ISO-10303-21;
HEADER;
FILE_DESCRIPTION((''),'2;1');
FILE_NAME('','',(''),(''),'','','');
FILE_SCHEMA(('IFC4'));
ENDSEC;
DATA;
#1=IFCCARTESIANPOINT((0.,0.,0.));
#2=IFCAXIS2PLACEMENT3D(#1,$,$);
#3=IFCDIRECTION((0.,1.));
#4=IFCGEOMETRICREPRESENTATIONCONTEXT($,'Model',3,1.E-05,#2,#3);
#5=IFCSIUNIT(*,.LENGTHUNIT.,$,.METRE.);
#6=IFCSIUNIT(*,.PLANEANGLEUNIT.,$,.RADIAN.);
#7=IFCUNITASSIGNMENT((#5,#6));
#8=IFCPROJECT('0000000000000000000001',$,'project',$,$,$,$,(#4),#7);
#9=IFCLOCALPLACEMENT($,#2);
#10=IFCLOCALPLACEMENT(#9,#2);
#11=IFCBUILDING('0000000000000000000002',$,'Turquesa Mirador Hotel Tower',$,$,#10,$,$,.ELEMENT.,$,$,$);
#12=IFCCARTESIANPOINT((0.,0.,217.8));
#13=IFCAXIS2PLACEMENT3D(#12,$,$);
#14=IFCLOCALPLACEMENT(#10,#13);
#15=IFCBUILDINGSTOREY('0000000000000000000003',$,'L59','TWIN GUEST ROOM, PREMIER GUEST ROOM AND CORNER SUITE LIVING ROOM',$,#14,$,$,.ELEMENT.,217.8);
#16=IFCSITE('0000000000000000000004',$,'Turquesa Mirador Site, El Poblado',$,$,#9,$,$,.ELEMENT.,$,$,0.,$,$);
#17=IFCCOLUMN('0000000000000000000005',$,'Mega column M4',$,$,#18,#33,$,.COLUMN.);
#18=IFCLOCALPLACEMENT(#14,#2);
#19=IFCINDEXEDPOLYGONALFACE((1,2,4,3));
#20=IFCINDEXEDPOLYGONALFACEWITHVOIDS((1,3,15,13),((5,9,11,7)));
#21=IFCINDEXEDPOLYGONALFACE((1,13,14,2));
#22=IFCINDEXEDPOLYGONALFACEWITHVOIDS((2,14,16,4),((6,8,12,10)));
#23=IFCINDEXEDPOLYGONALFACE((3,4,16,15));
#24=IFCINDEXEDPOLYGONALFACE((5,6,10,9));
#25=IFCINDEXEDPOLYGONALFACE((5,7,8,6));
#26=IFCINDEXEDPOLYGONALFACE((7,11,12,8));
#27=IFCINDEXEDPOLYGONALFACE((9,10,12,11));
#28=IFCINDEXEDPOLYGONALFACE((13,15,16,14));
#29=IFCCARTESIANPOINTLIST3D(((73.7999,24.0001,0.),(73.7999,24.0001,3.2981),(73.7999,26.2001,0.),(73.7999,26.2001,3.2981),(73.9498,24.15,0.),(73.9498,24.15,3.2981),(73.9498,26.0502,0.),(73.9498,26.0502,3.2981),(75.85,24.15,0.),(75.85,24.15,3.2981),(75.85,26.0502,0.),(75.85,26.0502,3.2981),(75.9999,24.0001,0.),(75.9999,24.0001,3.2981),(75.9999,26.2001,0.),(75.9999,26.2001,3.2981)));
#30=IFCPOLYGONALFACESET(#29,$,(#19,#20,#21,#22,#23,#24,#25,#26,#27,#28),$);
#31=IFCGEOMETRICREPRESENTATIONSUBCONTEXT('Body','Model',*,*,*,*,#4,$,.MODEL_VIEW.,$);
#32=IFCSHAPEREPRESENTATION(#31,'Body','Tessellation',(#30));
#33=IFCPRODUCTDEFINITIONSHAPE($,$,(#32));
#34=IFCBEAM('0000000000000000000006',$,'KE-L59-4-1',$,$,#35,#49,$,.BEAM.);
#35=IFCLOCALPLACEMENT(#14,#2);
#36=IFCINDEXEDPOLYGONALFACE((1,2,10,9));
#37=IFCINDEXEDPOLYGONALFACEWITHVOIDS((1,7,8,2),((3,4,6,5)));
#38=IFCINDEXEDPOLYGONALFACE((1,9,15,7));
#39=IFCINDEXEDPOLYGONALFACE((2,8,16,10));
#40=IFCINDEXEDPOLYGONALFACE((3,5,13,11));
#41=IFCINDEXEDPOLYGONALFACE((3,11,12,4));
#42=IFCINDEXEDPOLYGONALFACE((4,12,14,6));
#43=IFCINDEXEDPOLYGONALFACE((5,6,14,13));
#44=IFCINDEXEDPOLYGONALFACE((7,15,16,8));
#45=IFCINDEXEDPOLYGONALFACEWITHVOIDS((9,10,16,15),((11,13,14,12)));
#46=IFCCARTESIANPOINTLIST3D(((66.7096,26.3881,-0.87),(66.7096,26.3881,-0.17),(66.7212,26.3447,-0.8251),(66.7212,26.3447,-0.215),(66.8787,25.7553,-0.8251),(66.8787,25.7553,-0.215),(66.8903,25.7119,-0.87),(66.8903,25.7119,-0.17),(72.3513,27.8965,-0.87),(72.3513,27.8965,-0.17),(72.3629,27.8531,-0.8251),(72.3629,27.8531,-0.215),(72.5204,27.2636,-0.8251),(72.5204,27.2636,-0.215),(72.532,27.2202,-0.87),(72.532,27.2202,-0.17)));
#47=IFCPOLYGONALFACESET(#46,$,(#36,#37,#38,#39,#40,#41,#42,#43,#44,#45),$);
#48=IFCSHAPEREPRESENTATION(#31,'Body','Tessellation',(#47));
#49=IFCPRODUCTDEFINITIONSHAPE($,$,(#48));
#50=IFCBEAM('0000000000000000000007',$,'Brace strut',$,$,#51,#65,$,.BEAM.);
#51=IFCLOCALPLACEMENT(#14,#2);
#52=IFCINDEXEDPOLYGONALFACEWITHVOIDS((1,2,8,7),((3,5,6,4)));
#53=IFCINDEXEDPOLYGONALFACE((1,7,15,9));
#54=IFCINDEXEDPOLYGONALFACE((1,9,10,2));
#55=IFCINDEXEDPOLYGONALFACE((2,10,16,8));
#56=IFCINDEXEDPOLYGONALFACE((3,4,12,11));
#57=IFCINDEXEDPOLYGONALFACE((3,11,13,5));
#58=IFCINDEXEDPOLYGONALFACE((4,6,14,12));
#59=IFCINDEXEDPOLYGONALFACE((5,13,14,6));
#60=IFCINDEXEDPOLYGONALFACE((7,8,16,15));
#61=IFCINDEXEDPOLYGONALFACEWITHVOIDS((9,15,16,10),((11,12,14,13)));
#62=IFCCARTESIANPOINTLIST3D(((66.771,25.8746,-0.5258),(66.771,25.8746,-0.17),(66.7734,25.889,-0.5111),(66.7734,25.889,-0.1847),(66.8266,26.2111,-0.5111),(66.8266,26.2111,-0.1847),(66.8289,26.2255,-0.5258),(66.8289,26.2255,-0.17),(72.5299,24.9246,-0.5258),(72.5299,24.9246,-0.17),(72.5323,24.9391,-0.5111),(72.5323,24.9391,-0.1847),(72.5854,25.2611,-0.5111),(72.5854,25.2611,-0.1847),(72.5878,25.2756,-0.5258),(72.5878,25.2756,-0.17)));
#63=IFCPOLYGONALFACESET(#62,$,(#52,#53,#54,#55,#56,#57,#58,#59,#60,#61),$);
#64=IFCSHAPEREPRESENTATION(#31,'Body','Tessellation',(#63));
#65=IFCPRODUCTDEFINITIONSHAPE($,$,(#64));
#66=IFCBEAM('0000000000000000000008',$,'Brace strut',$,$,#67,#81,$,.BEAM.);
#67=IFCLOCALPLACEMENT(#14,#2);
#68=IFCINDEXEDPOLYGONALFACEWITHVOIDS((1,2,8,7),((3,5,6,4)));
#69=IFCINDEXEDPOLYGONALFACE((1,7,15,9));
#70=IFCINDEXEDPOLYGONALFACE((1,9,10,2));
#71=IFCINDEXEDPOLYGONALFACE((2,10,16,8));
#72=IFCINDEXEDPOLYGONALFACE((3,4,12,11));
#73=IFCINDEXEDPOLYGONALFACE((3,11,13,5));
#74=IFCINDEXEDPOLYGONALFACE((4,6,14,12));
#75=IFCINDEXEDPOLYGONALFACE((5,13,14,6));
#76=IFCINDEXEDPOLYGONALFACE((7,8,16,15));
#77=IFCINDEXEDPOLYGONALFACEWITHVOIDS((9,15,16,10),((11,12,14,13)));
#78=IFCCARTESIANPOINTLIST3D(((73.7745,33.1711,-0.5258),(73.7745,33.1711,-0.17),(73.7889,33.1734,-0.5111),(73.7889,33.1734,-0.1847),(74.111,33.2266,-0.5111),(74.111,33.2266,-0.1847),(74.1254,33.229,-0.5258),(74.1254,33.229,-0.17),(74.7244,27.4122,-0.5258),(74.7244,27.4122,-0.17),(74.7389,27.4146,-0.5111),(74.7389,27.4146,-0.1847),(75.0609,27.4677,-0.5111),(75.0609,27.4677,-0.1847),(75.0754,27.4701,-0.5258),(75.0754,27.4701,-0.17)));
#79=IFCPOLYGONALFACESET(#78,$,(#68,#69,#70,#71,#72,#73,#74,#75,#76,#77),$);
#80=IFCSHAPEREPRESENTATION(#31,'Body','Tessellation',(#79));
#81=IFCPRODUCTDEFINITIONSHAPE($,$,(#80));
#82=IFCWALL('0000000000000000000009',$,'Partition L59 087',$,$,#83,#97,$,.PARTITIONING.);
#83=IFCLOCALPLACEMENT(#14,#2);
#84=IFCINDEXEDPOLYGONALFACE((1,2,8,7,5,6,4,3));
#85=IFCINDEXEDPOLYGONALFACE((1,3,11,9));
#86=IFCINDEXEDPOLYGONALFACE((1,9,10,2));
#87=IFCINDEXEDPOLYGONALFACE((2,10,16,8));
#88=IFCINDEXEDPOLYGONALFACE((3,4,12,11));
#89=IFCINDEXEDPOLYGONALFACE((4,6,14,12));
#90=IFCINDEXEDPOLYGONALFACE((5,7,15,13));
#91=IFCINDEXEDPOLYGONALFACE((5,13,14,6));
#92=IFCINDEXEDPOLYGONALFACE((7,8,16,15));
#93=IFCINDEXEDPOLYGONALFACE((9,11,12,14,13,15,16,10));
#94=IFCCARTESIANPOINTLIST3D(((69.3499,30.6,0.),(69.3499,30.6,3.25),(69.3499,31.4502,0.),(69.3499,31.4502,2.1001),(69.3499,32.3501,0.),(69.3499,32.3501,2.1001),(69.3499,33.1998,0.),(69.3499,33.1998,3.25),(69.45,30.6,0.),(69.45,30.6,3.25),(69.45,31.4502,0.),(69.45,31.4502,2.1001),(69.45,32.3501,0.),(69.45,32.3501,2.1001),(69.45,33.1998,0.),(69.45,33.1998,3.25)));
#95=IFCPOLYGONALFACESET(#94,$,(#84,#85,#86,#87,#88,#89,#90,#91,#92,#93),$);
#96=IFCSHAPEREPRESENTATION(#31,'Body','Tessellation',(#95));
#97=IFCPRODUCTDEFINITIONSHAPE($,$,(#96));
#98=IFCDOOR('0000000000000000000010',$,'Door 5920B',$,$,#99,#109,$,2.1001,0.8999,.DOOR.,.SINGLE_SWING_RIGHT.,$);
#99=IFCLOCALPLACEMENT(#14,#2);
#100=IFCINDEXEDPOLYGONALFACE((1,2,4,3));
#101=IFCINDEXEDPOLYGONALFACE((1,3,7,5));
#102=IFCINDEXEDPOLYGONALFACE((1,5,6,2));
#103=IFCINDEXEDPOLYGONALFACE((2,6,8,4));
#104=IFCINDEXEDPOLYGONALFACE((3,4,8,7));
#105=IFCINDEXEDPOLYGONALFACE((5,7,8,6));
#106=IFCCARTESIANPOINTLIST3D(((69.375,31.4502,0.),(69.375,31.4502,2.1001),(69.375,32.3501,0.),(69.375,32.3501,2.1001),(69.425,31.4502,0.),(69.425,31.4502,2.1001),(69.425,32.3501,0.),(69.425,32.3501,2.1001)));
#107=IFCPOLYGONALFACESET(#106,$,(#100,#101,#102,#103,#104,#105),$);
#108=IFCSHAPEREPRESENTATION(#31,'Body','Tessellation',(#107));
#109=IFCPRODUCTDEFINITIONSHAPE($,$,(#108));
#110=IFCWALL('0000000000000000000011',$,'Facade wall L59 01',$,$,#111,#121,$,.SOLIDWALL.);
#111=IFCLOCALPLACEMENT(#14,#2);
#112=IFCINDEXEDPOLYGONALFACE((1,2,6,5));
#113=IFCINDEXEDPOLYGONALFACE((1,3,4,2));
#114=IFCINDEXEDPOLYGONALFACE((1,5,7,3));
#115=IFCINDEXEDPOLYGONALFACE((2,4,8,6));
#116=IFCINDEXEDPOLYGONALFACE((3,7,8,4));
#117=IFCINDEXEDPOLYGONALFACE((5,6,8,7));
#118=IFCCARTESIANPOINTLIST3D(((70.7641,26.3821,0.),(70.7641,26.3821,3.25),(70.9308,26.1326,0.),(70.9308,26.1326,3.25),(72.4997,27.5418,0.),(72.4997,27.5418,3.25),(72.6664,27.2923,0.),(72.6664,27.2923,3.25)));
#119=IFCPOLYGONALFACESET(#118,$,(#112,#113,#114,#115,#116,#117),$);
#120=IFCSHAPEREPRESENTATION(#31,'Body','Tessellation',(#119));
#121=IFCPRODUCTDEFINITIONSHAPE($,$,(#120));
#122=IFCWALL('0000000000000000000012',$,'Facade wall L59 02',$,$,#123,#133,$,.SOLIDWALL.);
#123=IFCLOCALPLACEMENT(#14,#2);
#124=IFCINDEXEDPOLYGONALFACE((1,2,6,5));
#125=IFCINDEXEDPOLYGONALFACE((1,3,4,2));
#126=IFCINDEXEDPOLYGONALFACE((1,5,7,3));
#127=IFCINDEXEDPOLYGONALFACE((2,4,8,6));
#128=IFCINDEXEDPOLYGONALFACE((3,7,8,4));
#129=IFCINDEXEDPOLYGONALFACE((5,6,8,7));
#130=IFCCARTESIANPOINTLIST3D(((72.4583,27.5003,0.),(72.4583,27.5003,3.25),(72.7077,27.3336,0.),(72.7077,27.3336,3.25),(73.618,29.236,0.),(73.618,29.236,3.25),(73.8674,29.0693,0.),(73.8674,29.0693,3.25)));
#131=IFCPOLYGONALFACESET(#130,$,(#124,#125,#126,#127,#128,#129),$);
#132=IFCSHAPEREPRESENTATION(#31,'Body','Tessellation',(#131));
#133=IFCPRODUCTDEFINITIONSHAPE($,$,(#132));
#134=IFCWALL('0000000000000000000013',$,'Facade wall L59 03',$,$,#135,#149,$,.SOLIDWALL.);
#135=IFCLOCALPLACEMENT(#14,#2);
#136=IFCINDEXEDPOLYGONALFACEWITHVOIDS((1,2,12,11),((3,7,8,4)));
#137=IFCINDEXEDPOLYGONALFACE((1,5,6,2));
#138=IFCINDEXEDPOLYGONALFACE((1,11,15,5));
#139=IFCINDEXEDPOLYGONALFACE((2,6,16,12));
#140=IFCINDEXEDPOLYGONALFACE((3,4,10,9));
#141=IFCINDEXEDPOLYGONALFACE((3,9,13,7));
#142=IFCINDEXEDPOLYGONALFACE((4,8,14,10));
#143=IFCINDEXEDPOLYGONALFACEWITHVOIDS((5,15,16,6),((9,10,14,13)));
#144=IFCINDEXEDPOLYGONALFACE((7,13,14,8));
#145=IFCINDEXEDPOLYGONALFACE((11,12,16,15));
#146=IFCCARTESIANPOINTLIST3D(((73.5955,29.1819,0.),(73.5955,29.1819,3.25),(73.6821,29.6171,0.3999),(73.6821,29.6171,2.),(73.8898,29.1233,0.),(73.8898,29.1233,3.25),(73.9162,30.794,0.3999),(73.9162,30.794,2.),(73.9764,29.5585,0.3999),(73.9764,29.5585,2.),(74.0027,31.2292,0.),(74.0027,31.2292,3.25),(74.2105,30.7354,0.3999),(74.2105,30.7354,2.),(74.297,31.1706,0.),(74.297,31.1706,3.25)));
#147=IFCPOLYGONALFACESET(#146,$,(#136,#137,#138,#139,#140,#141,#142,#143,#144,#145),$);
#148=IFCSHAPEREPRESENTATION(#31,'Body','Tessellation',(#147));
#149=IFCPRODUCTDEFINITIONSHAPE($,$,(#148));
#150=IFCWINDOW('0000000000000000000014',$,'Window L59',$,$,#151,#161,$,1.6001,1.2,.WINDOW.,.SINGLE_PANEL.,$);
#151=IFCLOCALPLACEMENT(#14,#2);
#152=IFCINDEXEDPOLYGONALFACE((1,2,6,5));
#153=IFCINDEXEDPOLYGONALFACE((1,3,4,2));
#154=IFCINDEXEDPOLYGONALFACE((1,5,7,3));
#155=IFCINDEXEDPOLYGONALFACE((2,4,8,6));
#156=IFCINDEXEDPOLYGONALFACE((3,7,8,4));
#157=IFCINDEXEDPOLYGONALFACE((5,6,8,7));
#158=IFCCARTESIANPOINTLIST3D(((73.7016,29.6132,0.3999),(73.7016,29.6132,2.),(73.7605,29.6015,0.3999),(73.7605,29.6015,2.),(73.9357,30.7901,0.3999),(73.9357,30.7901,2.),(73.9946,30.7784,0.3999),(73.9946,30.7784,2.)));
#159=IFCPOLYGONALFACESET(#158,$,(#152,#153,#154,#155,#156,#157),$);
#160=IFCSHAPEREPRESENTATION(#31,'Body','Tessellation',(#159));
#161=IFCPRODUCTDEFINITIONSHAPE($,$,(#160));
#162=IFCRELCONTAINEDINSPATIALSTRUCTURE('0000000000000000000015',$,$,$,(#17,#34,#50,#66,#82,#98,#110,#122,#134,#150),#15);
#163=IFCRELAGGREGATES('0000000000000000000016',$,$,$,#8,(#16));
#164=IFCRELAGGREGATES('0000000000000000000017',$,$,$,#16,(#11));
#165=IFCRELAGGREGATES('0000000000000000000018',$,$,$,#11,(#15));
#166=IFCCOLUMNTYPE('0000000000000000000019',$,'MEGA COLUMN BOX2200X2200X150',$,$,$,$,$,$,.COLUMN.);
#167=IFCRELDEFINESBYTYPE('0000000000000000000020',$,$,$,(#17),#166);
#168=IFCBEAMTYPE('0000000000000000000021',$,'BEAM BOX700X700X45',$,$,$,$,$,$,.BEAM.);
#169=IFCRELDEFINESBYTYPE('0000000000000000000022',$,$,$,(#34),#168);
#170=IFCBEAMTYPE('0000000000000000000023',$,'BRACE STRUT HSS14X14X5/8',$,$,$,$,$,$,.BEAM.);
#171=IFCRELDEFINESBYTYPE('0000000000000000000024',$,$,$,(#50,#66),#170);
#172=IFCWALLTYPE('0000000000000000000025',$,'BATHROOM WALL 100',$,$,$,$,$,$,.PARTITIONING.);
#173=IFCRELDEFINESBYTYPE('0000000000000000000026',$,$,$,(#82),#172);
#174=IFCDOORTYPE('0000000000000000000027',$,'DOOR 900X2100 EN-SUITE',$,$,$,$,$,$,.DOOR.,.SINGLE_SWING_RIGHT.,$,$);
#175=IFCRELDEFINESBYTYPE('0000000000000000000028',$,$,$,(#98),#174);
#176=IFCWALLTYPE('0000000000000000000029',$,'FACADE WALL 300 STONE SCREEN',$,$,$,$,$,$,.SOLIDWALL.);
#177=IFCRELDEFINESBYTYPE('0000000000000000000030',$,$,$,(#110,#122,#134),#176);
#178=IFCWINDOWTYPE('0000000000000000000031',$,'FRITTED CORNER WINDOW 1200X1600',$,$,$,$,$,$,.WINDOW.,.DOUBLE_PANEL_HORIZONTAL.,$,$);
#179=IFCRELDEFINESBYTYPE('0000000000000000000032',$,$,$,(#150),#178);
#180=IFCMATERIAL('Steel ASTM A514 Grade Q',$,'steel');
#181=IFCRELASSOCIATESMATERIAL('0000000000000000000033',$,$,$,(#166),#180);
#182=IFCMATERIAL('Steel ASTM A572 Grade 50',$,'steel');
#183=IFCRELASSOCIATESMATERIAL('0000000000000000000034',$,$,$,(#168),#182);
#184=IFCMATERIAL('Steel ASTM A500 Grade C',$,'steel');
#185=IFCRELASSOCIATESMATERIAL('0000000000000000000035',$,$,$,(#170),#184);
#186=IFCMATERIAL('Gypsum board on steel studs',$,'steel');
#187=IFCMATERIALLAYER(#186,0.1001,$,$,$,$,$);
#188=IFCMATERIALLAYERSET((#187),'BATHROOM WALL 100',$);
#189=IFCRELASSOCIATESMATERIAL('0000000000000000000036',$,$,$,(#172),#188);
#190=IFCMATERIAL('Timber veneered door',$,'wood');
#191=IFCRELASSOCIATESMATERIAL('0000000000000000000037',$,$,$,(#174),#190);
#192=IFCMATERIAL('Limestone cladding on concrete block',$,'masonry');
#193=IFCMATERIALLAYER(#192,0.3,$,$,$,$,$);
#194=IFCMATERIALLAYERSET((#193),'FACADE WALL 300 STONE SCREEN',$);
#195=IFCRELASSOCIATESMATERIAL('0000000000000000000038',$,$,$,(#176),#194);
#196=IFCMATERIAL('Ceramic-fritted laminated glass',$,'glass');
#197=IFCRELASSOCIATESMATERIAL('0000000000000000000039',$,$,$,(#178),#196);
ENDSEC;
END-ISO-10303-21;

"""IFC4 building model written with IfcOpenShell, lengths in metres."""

from ifc_helpers import new_model, si_unit, direction, frame, frame_2d, origin, origin_2d, place, context, subcontext, project, spatial, rectangle, hollow_rectangle, extrude, clip, halfspace, material, layer, layer_set, material_profile, profile_set, type_object, element, fill, save


model = new_model("IFC4")

# Units and contexts
model_context = context("Model", 3, precision=1e-05, world=origin(), true_north=direction((0.0, 1.0)))
body_context = subcontext(model_context, "Body", "Model", "MODEL_VIEW")
ifc_project = project(units=[si_unit("LENGTHUNIT", "METRE"), si_unit("PLANEANGLEUNIT", "RADIAN")], contexts=[model_context])

# Site, building, storey
site_placement = place(None, origin())
site = spatial("IfcSite", under=ifc_project, at=site_placement, Name="Turquesa Mirador Site, El Poblado", CompositionType="ELEMENT", RefElevation=0.0)
building_placement = place(site_placement, origin())
building = spatial("IfcBuilding", under=site, at=building_placement, Name="Turquesa Mirador Hotel Tower", CompositionType="ELEMENT")
storey_placement = place(building_placement, frame((0.0, 0.0, 217.8)))
storey = spatial("IfcBuildingStorey", under=building, at=storey_placement, Name="L59", Description="TWIN GUEST ROOM, PREMIER GUEST ROOM AND CORNER SUITE LIVING ROOM", CompositionType="ELEMENT", Elevation=217.8)

# Column
ifc_material_1 = material(Name="Steel ASTM A514 Grade Q", Category="steel")
ifc_material_profile_1 = material_profile(ifc_material_1, hollow_rectangle(XDim=2.2, YDim=2.2, WallThickness=0.1499, at=origin_2d()), Name="BOX2200X2200X150")
ifc_profile_set_1 = profile_set([ifc_material_profile_1], Name="Steel ASTM A514 Grade Q")
column_type = type_object("IfcColumnType", Name="MEGA COLUMN BOX2200X2200X150", PredefinedType="COLUMN", material=ifc_profile_set_1)
column_placement = place(storey_placement, frame((74.8999, 25.1001, 0.0), z_axis=(0.0, 0.0, 1.0), x_axis=(1.0, 0.0, 0.0)))
element("IfcColumn", 1, at=column_placement, inside=storey, type_object=column_type, Name="Mega column M4", PredefinedType="COLUMN", context=body_context, shape_type="Clipping", body=[
    clip(extrude(hollow_rectangle(XDim=2.2, YDim=2.2, WallThickness=0.1499, at=origin_2d()), origin(), (0.0, 0.0, 1.0), 3.5), halfspace(frame((0.0, 0.0, 3.2981), z_axis=(0.0, 0.0, 1.0), x_axis=(1.0, 0.0, 0.0)), False)),
])

# Beams
ifc_material_2 = material(Name="Steel ASTM A572 Grade 50", Category="steel")
ifc_material_profile_2 = material_profile(ifc_material_2, hollow_rectangle(XDim=0.7, YDim=0.7, WallThickness=0.0449, at=origin_2d()), Name="BOX700X700X45")
ifc_profile_set_2 = profile_set([ifc_material_profile_2], Name="Steel ASTM A572 Grade 50")
beam_type_1 = type_object("IfcBeamType", Name="BEAM BOX700X700X45", PredefinedType="BEAM", material=ifc_profile_set_2)
beam_placement = place(storey_placement, frame((72.4417, 27.5583, -0.52), z_axis=(-0.96607, -0.258282, 0.0), x_axis=(0.258282, -0.96607, 0.0)))
element("IfcBeam", 2, at=beam_placement, inside=storey, type_object=beam_type_1, Name="KE-L59-4-1", PredefinedType="BEAM", context=body_context, shape_type="SweptSolid", body=[
    extrude(hollow_rectangle(XDim=0.7, YDim=0.7, WallThickness=0.0449, at=origin_2d()), origin(), (0.0, 0.0, 1.0), 5.8398),
])
ifc_material_3 = material(Name="Steel ASTM A500 Grade C", Category="steel")
ifc_material_profile_3 = material_profile(ifc_material_3, hollow_rectangle(XDim=0.3557, YDim=0.3557, WallThickness=0.0146, at=origin_2d()), Name="HSS14X14X5/8")
ifc_profile_set_3 = profile_set([ifc_material_profile_3], Name="Steel ASTM A500 Grade C")
beam_type_2 = type_object("IfcBeamType", Name="BRACE STRUT HSS14X14X5/8", PredefinedType="BEAM", material=ifc_profile_set_3)
for number, where, z_axis, x_axis, name in (
    (3, (72.5588, 25.1001, -0.3479), (-0.986666, 0.162757, 0.0), (-0.162757, -0.986666, 0.0), "Brace strut"),
    (4, (74.8999, 27.4412, -0.3479), (-0.162757, 0.986666, 0.0), (-0.986666, -0.162757, 0.0), "Brace strut"),
):
    element("IfcBeam", number, at=place(storey_placement, frame(where, z_axis=z_axis, x_axis=x_axis)), inside=storey, type_object=beam_type_2, Name=name, PredefinedType="BEAM", context=body_context, shape_type="SweptSolid", body=[
        extrude(hollow_rectangle(XDim=0.3557, YDim=0.3557, WallThickness=0.0146, at=origin_2d()), origin(), (0.0, 0.0, 1.0), 5.8367),
    ])

# Wall, opening, door
ifc_material_4 = material(Name="Gypsum board on steel studs", Category="steel")
ifc_layer_1 = layer(ifc_material_4, 0.1001)
ifc_layer_set_1 = layer_set([ifc_layer_1], Name="BATHROOM WALL 100")
wall_type_1 = type_object("IfcWallType", Name="BATHROOM WALL 100", PredefinedType="PARTITIONING", material=ifc_layer_set_1)
wall_1_placement = place(storey_placement, frame((69.3999, 30.6001, 0.0), z_axis=(0.0, 0.0, 1.0), x_axis=(0.0, 1.0, 0.0)))
wall_1 = element("IfcWall", 5, at=wall_1_placement, inside=storey, type_object=wall_type_1, Name="Partition L59 087", PredefinedType="PARTITIONING", context=body_context, shape_type="SweptSolid", body=[
    extrude(rectangle(XDim=2.5999, YDim=0.1001, at=frame_2d((1.2998, 0.0))), origin(), (0.0, 0.0, 1.0), 3.25),
])
opening_1_placement = place(wall_1_placement, frame((0.8501, 0.0, 0.0)))
opening_1 = element("IfcOpeningElement", 6, at=opening_1_placement, cuts=wall_1, PredefinedType="OPENING", context=body_context, shape_type="SweptSolid", body=[
    extrude(rectangle(XDim=0.8999, YDim=2.1001, at=frame_2d((0.45, 1.05))), frame((0.0, 0.0601, 0.0), z_axis=(0.0, -1.0, 0.0), x_axis=(1.0, 0.0, 0.0)), (0.0, 0.0, 1.0), 0.1201),
])
ifc_material_5 = material(Name="Timber veneered door", Category="wood")
door_type = type_object("IfcDoorType", Name="DOOR 900X2100 EN-SUITE", OperationType="SINGLE_SWING_RIGHT", PredefinedType="DOOR", material=ifc_material_5)
door_placement = place(opening_1_placement, origin())
door = element("IfcDoor", 7, at=door_placement, inside=storey, type_object=door_type, Name="Door 5920B", OperationType="SINGLE_SWING_RIGHT", OverallHeight=2.1001, OverallWidth=0.8999, PredefinedType="DOOR", context=body_context, shape_type="SweptSolid", body=[
    extrude(rectangle(XDim=0.8999, YDim=2.1001, at=frame_2d((0.45, 1.05))), frame((0.0, 0.0249, 0.0), z_axis=(0.0, -1.0, 0.0), x_axis=(1.0, 0.0, 0.0)), (0.0, 0.0, 1.0), 0.05),
])
fill(opening_1, door)

# Walls
ifc_material_6 = material(Name="Limestone cladding on concrete block", Category="masonry")
ifc_layer_2 = layer(ifc_material_6, 0.3)
ifc_layer_set_2 = layer_set([ifc_layer_2], Name="FACADE WALL 300 STONE SCREEN")
wall_type_2 = type_object("IfcWallType", Name="FACADE WALL 300 STONE SCREEN", PredefinedType="SOLIDWALL", material=ifc_layer_set_2)
for number, where, z_axis, x_axis, name in (
    (8, (70.8474, 26.2573, 0.0), (0.0, 0.0, 1.0), (0.831474, 0.555564, 0.0), "Facade wall L59 01"),
    (9, (72.583, 27.417, 0.0), (0.0, 0.0, 1.0), (0.555564, 0.831474, 0.0), "Facade wall L59 02"),
):
    element("IfcWall", number, at=place(storey_placement, frame(where, z_axis=z_axis, x_axis=x_axis)), inside=storey, type_object=wall_type_2, Name=name, PredefinedType="SOLIDWALL", context=body_context, shape_type="SweptSolid", body=[
        extrude(rectangle(XDim=2.0874, YDim=0.3, at=frame_2d((1.0437, 0.0))), origin(), (0.0, 0.0, 1.0), 3.25),
    ])

# Wall, opening, window
wall_2_placement = place(storey_placement, frame((73.7427, 29.1526, 0.0), z_axis=(0.0, 0.0, 1.0), x_axis=(0.195081, 0.980787, 0.0)))
wall_2 = element("IfcWall", 10, at=wall_2_placement, inside=storey, type_object=wall_type_2, Name="Facade wall L59 03", PredefinedType="SOLIDWALL", context=body_context, shape_type="SweptSolid", body=[
    extrude(rectangle(XDim=2.0874, YDim=0.3, at=frame_2d((1.0437, 0.0))), origin(), (0.0, 0.0, 1.0), 3.25),
])
opening_2_placement = place(wall_2_placement, frame((0.4436, 0.0, 0.3999)))
opening_2 = element("IfcOpeningElement", 11, at=opening_2_placement, cuts=wall_2, PredefinedType="OPENING", context=body_context, shape_type="SweptSolid", body=[
    extrude(rectangle(XDim=1.2, YDim=1.6001, at=frame_2d((0.6001, 0.8))), frame((0.0, 0.1599, 0.0), z_axis=(0.0, -1.0, 0.0), x_axis=(1.0, 0.0, 0.0)), (0.0, 0.0, 1.0), 0.3201),
])
ifc_material_7 = material(Name="Ceramic-fritted laminated glass", Category="glass")
window_type_1 = type_object("IfcWindowType", Name="FRITTED CORNER WINDOW 1200X1600", PartitioningType="DOUBLE_PANEL_HORIZONTAL", PredefinedType="WINDOW", material=ifc_material_7)
window_1_placement = place(opening_2_placement, origin())
window_1 = element("IfcWindow", 12, at=window_1_placement, inside=storey, type_object=window_type_1, Name="Window L59", OverallHeight=1.6001, OverallWidth=1.2, PartitioningType="SINGLE_PANEL", PredefinedType="WINDOW", context=body_context, shape_type="SweptSolid", body=[
    extrude(rectangle(XDim=1.2, YDim=1.6001, at=frame_2d((0.6001, 0.8))), frame((0.0, 0.1301, 0.0), z_axis=(0.0, -1.0, 0.0), x_axis=(1.0, 0.0, 0.0)), (0.0, 0.0, 1.0), 0.0601),
])
fill(opening_2, window_1)

save(model, "model.ifc")
